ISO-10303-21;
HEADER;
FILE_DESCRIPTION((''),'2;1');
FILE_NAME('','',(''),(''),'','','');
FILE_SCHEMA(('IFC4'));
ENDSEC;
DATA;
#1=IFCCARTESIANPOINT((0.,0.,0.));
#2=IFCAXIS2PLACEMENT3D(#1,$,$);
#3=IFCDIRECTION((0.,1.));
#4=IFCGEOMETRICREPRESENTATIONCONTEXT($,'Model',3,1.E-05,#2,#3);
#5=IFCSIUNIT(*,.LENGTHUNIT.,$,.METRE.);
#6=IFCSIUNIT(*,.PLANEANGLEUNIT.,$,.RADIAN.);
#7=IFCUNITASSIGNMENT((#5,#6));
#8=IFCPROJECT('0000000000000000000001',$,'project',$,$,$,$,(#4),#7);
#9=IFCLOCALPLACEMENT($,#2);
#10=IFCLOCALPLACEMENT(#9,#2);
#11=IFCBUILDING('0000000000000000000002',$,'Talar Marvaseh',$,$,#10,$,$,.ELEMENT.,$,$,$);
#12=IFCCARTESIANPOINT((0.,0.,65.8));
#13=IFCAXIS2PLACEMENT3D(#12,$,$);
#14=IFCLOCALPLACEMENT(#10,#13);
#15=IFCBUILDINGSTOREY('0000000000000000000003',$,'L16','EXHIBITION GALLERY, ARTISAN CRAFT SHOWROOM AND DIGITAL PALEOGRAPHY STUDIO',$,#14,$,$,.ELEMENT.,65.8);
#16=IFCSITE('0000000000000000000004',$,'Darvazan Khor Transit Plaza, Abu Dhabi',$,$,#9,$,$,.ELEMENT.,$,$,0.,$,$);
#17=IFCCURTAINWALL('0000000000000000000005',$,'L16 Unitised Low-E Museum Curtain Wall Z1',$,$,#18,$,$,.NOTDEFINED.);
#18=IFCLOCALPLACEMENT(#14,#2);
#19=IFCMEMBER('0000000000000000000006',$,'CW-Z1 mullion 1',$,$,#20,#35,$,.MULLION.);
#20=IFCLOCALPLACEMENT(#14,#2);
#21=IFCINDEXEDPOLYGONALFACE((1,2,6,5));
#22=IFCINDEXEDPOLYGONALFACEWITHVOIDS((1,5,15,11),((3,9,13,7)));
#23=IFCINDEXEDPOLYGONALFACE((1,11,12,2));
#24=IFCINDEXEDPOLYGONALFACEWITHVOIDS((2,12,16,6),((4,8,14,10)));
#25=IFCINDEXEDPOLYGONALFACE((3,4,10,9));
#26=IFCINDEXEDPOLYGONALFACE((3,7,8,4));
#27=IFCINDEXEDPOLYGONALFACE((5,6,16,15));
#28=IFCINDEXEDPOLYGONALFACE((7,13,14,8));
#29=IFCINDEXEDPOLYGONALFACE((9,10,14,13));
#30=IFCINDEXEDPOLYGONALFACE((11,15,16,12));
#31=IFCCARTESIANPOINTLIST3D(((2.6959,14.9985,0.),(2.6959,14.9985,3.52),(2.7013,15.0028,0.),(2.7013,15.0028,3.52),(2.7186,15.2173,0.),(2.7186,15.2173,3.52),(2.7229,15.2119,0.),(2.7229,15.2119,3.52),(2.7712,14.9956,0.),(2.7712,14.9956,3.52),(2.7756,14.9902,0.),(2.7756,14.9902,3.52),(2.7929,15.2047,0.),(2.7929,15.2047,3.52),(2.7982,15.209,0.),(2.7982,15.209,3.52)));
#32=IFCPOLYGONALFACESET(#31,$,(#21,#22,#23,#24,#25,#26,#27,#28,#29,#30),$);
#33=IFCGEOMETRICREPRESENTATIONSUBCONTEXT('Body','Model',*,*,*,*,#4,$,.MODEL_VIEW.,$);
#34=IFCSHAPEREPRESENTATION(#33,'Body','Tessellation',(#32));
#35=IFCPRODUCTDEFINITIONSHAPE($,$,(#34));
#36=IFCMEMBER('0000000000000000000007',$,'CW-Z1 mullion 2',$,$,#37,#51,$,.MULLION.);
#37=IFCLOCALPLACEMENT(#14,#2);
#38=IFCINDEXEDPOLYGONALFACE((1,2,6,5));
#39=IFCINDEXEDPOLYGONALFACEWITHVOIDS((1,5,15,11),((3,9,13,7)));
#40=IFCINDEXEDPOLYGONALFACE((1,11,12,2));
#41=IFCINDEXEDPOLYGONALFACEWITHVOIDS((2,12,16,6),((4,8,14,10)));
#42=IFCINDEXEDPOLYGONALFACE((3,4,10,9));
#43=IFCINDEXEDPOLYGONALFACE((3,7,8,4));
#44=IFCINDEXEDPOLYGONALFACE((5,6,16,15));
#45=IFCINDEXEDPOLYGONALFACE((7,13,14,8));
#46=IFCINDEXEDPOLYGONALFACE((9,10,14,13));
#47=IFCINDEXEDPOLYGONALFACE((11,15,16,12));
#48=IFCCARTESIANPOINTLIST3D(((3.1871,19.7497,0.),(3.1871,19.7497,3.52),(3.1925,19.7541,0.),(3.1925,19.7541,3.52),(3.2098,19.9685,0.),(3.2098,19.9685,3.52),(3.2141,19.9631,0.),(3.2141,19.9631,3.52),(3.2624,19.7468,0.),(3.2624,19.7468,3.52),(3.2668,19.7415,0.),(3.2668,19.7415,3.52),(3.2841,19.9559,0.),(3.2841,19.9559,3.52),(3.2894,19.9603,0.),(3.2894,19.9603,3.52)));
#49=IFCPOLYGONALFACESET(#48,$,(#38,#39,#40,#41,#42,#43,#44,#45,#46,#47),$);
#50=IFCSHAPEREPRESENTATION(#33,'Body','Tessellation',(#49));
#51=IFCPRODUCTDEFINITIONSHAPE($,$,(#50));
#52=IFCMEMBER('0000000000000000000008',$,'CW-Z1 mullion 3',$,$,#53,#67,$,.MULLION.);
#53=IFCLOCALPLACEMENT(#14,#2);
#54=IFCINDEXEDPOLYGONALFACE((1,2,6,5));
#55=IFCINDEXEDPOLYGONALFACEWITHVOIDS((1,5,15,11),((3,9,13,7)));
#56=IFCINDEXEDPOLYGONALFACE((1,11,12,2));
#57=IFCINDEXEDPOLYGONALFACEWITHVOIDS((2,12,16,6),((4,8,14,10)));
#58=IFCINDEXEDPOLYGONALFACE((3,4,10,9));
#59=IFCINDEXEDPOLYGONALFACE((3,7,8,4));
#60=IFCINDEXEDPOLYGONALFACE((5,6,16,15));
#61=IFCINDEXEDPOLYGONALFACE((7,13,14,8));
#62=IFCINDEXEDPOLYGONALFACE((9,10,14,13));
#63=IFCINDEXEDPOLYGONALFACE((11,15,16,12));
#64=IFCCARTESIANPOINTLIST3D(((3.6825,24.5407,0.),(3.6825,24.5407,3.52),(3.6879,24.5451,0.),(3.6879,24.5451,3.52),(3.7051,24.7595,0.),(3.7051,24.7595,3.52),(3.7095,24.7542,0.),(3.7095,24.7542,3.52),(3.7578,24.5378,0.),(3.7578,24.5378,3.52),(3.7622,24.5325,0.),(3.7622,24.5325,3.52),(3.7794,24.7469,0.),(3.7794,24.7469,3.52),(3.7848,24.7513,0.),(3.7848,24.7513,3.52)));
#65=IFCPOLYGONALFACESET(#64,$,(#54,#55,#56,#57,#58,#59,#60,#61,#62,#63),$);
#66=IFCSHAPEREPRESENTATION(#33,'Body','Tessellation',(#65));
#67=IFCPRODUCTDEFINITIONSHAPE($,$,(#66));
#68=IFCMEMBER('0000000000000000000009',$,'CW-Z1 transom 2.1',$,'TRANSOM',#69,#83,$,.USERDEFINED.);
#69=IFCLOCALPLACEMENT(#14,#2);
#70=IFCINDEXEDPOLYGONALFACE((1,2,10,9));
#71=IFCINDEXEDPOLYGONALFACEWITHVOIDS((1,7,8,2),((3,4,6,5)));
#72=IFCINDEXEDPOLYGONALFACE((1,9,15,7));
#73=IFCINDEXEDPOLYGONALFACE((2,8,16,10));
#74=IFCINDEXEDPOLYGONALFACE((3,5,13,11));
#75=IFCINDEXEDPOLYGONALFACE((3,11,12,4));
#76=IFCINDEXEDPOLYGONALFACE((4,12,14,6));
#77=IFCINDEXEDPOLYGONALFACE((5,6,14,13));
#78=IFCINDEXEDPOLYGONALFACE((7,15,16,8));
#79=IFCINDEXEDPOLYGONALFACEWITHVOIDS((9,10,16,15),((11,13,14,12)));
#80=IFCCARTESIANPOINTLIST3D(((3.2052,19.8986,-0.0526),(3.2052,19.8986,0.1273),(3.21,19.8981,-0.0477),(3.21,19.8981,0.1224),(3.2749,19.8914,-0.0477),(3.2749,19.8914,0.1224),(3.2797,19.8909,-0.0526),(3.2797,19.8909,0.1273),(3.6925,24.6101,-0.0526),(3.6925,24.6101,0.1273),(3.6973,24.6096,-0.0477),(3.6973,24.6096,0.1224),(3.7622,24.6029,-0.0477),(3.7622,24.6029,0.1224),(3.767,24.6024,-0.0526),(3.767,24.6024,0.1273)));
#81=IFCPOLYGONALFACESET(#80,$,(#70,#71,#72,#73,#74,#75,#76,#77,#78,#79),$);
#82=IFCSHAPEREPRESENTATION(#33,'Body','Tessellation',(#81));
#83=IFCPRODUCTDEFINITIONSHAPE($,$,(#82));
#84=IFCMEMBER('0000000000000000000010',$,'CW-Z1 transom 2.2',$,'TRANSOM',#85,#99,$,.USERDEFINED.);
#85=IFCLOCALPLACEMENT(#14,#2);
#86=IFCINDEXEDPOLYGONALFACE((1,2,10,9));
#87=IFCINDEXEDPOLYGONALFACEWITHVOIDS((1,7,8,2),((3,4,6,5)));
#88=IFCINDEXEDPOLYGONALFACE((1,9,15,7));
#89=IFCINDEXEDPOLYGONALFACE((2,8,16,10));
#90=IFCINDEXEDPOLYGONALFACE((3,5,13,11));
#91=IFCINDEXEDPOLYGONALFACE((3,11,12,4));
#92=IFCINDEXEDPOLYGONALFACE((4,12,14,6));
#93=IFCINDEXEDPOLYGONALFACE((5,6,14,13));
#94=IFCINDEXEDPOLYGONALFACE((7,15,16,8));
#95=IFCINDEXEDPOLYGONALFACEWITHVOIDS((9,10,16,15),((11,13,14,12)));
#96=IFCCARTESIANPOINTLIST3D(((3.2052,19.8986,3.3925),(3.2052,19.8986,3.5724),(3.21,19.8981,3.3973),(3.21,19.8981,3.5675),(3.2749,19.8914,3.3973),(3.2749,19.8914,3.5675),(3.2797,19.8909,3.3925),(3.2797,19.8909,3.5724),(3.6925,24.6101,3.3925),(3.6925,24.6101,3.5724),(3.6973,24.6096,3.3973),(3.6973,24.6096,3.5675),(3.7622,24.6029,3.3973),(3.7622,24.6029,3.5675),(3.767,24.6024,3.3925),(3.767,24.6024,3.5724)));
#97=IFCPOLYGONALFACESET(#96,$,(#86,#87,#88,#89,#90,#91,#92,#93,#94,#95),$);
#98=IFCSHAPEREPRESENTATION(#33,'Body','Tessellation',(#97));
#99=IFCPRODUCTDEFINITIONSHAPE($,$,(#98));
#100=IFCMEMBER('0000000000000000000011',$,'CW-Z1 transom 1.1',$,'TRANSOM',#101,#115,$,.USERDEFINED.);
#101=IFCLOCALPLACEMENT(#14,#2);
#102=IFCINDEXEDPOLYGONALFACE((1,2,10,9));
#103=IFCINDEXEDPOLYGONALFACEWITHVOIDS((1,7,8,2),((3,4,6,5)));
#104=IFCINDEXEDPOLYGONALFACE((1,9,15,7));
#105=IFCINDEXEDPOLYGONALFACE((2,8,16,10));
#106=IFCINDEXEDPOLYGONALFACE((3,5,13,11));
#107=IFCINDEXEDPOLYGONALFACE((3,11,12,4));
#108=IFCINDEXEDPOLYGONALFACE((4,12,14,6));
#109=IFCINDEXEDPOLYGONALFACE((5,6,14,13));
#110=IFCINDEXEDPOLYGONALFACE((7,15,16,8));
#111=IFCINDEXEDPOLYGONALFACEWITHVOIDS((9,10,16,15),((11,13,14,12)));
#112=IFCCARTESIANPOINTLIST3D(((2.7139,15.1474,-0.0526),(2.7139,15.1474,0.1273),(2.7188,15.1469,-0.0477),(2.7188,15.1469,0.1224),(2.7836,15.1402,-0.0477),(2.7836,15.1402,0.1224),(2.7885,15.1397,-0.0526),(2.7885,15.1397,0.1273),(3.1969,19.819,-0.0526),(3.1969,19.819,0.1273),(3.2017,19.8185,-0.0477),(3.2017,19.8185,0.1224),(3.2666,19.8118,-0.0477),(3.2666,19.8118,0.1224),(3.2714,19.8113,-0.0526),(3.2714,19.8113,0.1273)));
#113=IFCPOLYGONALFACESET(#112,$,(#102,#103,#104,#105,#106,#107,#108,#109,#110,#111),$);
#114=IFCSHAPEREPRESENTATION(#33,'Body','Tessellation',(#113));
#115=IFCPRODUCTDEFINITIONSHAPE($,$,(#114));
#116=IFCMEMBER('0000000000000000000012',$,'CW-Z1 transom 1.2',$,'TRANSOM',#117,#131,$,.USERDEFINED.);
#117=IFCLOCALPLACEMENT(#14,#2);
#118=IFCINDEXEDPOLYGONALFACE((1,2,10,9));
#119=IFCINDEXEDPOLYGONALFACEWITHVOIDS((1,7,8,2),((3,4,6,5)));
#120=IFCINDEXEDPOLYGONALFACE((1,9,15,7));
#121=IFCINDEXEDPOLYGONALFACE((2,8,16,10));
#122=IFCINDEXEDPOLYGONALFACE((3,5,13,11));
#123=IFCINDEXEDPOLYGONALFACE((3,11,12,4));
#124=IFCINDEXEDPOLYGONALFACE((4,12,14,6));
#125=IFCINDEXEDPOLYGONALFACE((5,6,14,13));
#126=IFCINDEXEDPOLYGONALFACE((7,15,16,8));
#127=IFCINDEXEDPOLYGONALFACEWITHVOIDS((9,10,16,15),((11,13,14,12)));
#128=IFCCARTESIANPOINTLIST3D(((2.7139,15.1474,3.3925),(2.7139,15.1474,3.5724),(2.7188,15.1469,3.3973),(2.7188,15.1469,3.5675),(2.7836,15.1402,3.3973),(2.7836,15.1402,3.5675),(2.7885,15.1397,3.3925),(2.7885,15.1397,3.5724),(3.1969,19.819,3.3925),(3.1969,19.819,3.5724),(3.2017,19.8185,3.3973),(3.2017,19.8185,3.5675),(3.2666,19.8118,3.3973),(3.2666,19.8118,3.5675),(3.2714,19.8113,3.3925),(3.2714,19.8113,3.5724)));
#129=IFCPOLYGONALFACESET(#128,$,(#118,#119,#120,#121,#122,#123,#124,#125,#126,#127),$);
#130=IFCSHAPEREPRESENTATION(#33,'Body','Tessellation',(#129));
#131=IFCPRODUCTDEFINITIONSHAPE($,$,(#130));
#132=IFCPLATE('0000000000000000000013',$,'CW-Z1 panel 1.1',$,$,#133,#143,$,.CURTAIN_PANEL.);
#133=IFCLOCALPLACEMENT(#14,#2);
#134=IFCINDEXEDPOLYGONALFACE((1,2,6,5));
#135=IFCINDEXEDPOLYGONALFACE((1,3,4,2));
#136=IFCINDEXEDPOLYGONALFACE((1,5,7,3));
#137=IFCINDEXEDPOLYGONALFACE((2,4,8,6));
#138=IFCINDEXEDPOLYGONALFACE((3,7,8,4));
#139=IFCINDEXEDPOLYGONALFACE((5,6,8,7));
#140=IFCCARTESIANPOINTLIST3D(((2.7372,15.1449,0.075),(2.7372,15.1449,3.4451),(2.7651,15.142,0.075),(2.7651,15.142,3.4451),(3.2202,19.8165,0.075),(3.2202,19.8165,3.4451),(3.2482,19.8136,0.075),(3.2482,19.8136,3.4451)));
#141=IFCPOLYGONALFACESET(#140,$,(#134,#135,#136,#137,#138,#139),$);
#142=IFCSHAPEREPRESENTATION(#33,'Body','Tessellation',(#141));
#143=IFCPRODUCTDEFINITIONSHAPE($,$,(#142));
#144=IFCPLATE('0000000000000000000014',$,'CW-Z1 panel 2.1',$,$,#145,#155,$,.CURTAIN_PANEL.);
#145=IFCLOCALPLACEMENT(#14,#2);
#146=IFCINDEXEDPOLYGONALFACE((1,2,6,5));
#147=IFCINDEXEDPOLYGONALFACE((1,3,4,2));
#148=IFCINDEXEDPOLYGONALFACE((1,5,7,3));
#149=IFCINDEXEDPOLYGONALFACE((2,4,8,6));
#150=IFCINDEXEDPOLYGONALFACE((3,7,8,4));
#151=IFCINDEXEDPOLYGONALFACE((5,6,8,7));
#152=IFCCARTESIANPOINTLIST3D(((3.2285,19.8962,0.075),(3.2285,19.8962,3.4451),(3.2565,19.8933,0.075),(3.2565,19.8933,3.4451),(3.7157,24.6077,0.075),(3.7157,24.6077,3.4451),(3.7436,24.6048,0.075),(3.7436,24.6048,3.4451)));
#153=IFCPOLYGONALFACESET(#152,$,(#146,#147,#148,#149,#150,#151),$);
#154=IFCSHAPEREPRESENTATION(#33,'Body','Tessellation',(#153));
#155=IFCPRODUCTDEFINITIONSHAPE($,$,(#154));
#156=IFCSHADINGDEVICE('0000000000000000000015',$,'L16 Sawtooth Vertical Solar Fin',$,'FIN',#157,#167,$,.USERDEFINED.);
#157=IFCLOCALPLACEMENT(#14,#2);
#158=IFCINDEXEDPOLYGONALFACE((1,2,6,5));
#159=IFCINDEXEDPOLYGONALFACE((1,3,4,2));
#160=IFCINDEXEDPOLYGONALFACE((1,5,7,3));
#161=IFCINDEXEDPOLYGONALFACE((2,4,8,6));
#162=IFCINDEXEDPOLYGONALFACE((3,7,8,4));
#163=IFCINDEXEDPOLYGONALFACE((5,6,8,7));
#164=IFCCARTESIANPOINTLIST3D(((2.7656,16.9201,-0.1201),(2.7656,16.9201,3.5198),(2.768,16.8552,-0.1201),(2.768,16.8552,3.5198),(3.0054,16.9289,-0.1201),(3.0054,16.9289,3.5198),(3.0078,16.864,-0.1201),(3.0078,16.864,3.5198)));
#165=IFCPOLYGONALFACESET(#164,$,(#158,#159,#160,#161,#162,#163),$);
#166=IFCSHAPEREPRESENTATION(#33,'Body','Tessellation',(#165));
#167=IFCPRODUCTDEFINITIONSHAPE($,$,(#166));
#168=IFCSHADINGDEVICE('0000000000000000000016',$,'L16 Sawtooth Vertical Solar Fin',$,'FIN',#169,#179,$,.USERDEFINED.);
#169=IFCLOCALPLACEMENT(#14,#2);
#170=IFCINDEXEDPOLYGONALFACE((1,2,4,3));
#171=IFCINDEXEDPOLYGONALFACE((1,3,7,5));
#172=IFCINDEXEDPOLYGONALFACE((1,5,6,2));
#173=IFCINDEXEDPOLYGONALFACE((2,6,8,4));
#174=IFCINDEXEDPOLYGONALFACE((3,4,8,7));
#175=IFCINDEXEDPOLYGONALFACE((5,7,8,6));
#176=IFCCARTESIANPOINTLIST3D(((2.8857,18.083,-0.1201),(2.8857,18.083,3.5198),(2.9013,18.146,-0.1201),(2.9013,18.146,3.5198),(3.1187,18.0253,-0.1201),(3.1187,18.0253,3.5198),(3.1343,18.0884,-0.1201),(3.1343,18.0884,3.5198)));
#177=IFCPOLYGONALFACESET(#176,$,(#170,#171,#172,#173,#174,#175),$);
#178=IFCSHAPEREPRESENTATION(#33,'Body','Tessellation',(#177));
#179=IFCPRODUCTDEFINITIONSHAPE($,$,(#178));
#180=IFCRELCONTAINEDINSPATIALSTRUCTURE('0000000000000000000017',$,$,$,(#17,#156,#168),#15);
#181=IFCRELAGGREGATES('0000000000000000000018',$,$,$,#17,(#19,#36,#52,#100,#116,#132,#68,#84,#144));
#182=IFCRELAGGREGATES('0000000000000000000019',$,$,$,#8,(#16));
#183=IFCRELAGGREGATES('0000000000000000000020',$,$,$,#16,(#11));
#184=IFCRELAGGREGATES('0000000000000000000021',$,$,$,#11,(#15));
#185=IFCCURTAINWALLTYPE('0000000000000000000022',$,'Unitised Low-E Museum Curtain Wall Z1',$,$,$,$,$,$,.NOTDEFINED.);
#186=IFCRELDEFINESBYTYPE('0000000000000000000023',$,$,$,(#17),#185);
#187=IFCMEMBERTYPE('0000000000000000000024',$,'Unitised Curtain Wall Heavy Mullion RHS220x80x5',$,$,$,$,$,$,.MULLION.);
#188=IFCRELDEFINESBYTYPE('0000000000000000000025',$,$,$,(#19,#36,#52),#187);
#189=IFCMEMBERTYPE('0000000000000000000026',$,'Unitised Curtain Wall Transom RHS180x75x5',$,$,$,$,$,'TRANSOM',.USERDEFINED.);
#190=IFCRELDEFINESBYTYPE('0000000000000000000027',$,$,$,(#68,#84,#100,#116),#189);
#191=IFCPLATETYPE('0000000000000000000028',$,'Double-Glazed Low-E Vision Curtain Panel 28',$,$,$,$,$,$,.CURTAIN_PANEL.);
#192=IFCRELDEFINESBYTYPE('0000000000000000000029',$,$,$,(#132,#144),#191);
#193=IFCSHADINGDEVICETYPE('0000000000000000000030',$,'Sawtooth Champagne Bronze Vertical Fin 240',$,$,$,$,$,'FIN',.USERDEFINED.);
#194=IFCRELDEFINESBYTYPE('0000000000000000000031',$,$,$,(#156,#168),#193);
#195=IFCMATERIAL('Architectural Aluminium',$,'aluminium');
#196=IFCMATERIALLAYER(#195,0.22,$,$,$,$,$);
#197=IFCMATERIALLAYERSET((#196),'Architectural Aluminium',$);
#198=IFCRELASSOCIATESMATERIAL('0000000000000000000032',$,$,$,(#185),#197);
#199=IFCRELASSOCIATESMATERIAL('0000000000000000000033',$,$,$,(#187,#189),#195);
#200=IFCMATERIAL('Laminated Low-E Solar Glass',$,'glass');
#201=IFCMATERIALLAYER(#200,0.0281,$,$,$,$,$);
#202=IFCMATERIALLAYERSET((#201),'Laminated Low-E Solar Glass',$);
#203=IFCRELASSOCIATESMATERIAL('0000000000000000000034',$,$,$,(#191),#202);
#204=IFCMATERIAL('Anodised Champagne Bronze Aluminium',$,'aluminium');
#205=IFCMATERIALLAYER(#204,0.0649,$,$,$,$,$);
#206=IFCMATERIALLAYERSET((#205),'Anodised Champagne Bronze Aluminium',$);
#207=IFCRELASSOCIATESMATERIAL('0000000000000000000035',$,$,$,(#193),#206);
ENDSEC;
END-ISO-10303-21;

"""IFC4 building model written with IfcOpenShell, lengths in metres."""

from ifc_helpers import new_model, si_unit, direction, frame, origin, origin_2d, place, context, subcontext, project, spatial, rectangle, hollow_rectangle, extrude, source, transform, mapped, material, layer, layer_set, material_profile, profile_set, type_object, type_shapes, element, aggregate, save


model = new_model("IFC4")

# Units and contexts
model_context = context("Model", 3, precision=1e-05, world=origin(), true_north=direction((0.0, 1.0)))
body_context = subcontext(model_context, "Body", "Model", "MODEL_VIEW")
ifc_project = project(units=[si_unit("LENGTHUNIT", "METRE"), si_unit("PLANEANGLEUNIT", "RADIAN")], contexts=[model_context])

# Site, building, storey
site_placement = place(None, origin())
site = spatial("IfcSite", under=ifc_project, at=site_placement, Name="Darvazan Khor Transit Plaza, Abu Dhabi", CompositionType="ELEMENT", RefElevation=0.0)
building_placement = place(site_placement, origin())
building = spatial("IfcBuilding", under=site, at=building_placement, Name="Talar Marvaseh", CompositionType="ELEMENT")
storey_placement = place(building_placement, frame((0.0, 0.0, 65.8)))
storey = spatial("IfcBuildingStorey", under=building, at=storey_placement, Name="L16", Description="EXHIBITION GALLERY, ARTISAN CRAFT SHOWROOM AND DIGITAL PALEOGRAPHY STUDIO", CompositionType="ELEMENT", Elevation=65.8)

# Curtain wall, members, plates
ifc_material_1 = material(Name="Architectural Aluminium", Category="aluminium")
ifc_layer_1 = layer(ifc_material_1, 0.22)
ifc_layer_set_1 = layer_set([ifc_layer_1], Name="Architectural Aluminium")
curtain_wall_type = type_object("IfcCurtainWallType", Name="Unitised Low-E Museum Curtain Wall Z1", PredefinedType="NOTDEFINED", material=ifc_layer_set_1)
curtain_wall_placement = place(storey_placement, origin())
curtain_wall = element("IfcCurtainWall", 1, at=curtain_wall_placement, inside=storey, type_object=curtain_wall_type, Name="L16 Unitised Low-E Museum Curtain Wall Z1", PredefinedType="NOTDEFINED")
ifc_material_profile_1 = material_profile(ifc_material_1, hollow_rectangle(XDim=0.0801, YDim=0.22, WallThickness=0.0049, at=origin_2d()), Name="RHS220x80x5")
ifc_profile_set_1 = profile_set([ifc_material_profile_1], Name="Architectural Aluminium")
member_type_1 = type_object("IfcMemberType", Name="Unitised Curtain Wall Heavy Mullion RHS220x80x5", PredefinedType="MULLION", material=ifc_profile_set_1)
shared_shape_1 = source(origin(), body_context, "Body", "SweptSolid", [
    extrude(hollow_rectangle(XDim=0.0801, YDim=0.22, WallThickness=0.0049, at=origin_2d()), origin(), (0.0, 0.0, 1.0), 3.52),
])
type_shapes(member_type_1, [shared_shape_1])
member_1_placement = place(storey_placement, frame((2.7471, 15.1038, 0.0), z_axis=(0.0, 0.0, 1.0), x_axis=(-0.994696, 0.102857, 0.0)))
member_1 = element("IfcMember", 2, at=member_1_placement, type_object=member_type_1, Name="CW-Z1 mullion 1", PredefinedType="MULLION", context=body_context, shape_type="MappedRepresentation", body=[
    mapped(shared_shape_1, transform((0.0, 0.0, 0.0), x_axis=(1.0, 0.0, 0.0), y_axis=(0.0, 1.0, 0.0), z_axis=(0.0, 0.0, 1.0), scale=1.0)),
])
member_2_placement = place(storey_placement, frame((3.2383, 19.855, 0.0), z_axis=(0.0, 0.0, 1.0), x_axis=(-0.994696, 0.102857, 0.0)))
member_2 = element("IfcMember", 3, at=member_2_placement, type_object=member_type_1, Name="CW-Z1 mullion 2", PredefinedType="MULLION", context=body_context, shape_type="MappedRepresentation", body=[
    mapped(shared_shape_1, transform((0.0, 0.0, 0.0), x_axis=(1.0, 0.0, 0.0), y_axis=(0.0, 1.0, 0.0), z_axis=(0.0, 0.0, 1.0), scale=1.0)),
])
member_3_placement = place(storey_placement, frame((3.7336, 24.646, 0.0), z_axis=(0.0, 0.0, 1.0), x_axis=(-0.994696, 0.102857, 0.0)))
member_3 = element("IfcMember", 4, at=member_3_placement, type_object=member_type_1, Name="CW-Z1 mullion 3", PredefinedType="MULLION", context=body_context, shape_type="MappedRepresentation", body=[
    mapped(shared_shape_1, transform((0.0, 0.0, 0.0), x_axis=(1.0, 0.0, 0.0), y_axis=(0.0, 1.0, 0.0), z_axis=(0.0, 0.0, 1.0), scale=1.0)),
])
ifc_material_profile_2 = material_profile(ifc_material_1, hollow_rectangle(XDim=0.075, YDim=0.1799, WallThickness=0.0049, at=origin_2d()), Name="RHS180x75x5")
ifc_profile_set_2 = profile_set([ifc_material_profile_2], Name="Architectural Aluminium")
member_type_2 = type_object("IfcMemberType", Name="Unitised Curtain Wall Transom RHS180x75x5", ElementType="TRANSOM", PredefinedType="USERDEFINED", material=ifc_profile_set_2)
shared_shape_2 = source(origin(), body_context, "Body", "SweptSolid", [
    extrude(hollow_rectangle(XDim=0.075, YDim=0.1799, WallThickness=0.0049, at=origin_2d()), origin(), (0.0, 0.0, 1.0), 4.7366),
])
member_4_placement = place(storey_placement, frame((3.2424, 19.8948, 0.0374), z_axis=(0.102882, 0.994694, 0.0), x_axis=(-0.994694, 0.102882, 0.0)))
member_4 = element("IfcMember", 5, at=member_4_placement, type_object=member_type_2, Name="CW-Z1 transom 2.1", ObjectType="TRANSOM", PredefinedType="USERDEFINED", context=body_context, shape_type="MappedRepresentation", body=[
    mapped(shared_shape_2, transform((0.0, 0.0, 0.0), x_axis=(1.0, 0.0, 0.0), y_axis=(0.0, 1.0, 0.0), z_axis=(0.0, 0.0, 1.0), scale=1.0)),
])
member_5_placement = place(storey_placement, frame((3.2424, 19.8948, 3.4824), z_axis=(0.102882, 0.994694, 0.0), x_axis=(-0.994694, 0.102882, 0.0)))
member_5 = element("IfcMember", 6, at=member_5_placement, type_object=member_type_2, Name="CW-Z1 transom 2.2", ObjectType="TRANSOM", PredefinedType="USERDEFINED", context=body_context, shape_type="MappedRepresentation", body=[
    mapped(shared_shape_2, transform((0.0, 0.0, 0.0), x_axis=(1.0, 0.0, 0.0), y_axis=(0.0, 1.0, 0.0), z_axis=(0.0, 0.0, 1.0), scale=1.0)),
])
shared_shape_3 = source(origin(), body_context, "Body", "SweptSolid", [
    extrude(hollow_rectangle(XDim=0.075, YDim=0.1799, WallThickness=0.0049, at=origin_2d()), origin(), (0.0, 0.0, 1.0), 4.6965),
])
type_shapes(member_type_2, [shared_shape_2, shared_shape_3])
member_6_placement = place(storey_placement, frame((2.7512, 15.1436, 0.0374), z_axis=(0.102823, 0.9947, 0.0), x_axis=(-0.9947, 0.102823, 0.0)))
member_6 = element("IfcMember", 7, at=member_6_placement, type_object=member_type_2, Name="CW-Z1 transom 1.1", ObjectType="TRANSOM", PredefinedType="USERDEFINED", context=body_context, shape_type="MappedRepresentation", body=[
    mapped(shared_shape_3, transform((0.0, 0.0, 0.0), x_axis=(1.0, 0.0, 0.0), y_axis=(0.0, 1.0, 0.0), z_axis=(0.0, 0.0, 1.0), scale=1.0)),
])
member_7_placement = place(storey_placement, frame((2.7512, 15.1436, 3.4824), z_axis=(0.102823, 0.9947, 0.0), x_axis=(-0.9947, 0.102823, 0.0)))
member_7 = element("IfcMember", 8, at=member_7_placement, type_object=member_type_2, Name="CW-Z1 transom 1.2", ObjectType="TRANSOM", PredefinedType="USERDEFINED", context=body_context, shape_type="MappedRepresentation", body=[
    mapped(shared_shape_3, transform((0.0, 0.0, 0.0), x_axis=(1.0, 0.0, 0.0), y_axis=(0.0, 1.0, 0.0), z_axis=(0.0, 0.0, 1.0), scale=1.0)),
])
ifc_material_2 = material(Name="Laminated Low-E Solar Glass", Category="glass")
ifc_layer_2 = layer(ifc_material_2, 0.0281)
ifc_layer_set_2 = layer_set([ifc_layer_2], Name="Laminated Low-E Solar Glass")
plate_type = type_object("IfcPlateType", Name="Double-Glazed Low-E Vision Curtain Panel 28", PredefinedType="CURTAIN_PANEL", material=ifc_layer_set_2)
shared_shape_4 = source(origin(), body_context, "Body", "SweptSolid", [
    extrude(rectangle(XDim=4.6965, YDim=0.0281, at=origin_2d()), origin(), (0.0, 0.0, 1.0), 3.3701),
])
plate_1_placement = place(storey_placement, frame((2.9927, 17.4792, 0.075), z_axis=(0.0, 0.0, 1.0), x_axis=(0.102857, 0.994696, 0.0)))
plate_1 = element("IfcPlate", 9, at=plate_1_placement, type_object=plate_type, Name="CW-Z1 panel 1.1", PredefinedType="CURTAIN_PANEL", context=body_context, shape_type="MappedRepresentation", body=[
    mapped(shared_shape_4, transform((0.0, 0.0, 0.0), x_axis=(1.0, 0.0, 0.0), y_axis=(0.0, 1.0, 0.0), z_axis=(0.0, 0.0, 1.0), scale=1.0)),
])
shared_shape_5 = source(origin(), body_context, "Body", "SweptSolid", [
    extrude(rectangle(XDim=4.7366, YDim=0.0281, at=origin_2d()), origin(), (0.0, 0.0, 1.0), 3.3701),
])
type_shapes(plate_type, [shared_shape_4, shared_shape_5])
plate_2_placement = place(storey_placement, frame((3.4861, 22.2505, 0.075), z_axis=(0.0, 0.0, 1.0), x_axis=(0.102857, 0.994696, 0.0)))
plate_2 = element("IfcPlate", 10, at=plate_2_placement, type_object=plate_type, Name="CW-Z1 panel 2.1", PredefinedType="CURTAIN_PANEL", context=body_context, shape_type="MappedRepresentation", body=[
    mapped(shared_shape_5, transform((0.0, 0.0, 0.0), x_axis=(1.0, 0.0, 0.0), y_axis=(0.0, 1.0, 0.0), z_axis=(0.0, 0.0, 1.0), scale=1.0)),
])
aggregate(curtain_wall, [member_1, member_2, member_3, member_6, member_7, plate_1, member_4, member_5, plate_2])

# Shading devices
ifc_material_3 = material(Name="Anodised Champagne Bronze Aluminium", Category="aluminium")
ifc_layer_3 = layer(ifc_material_3, 0.0649)
ifc_layer_set_3 = layer_set([ifc_layer_3], Name="Anodised Champagne Bronze Aluminium")
shading_device_type_1 = type_object("IfcShadingDeviceType", Name="Sawtooth Champagne Bronze Vertical Fin 240", ElementType="FIN", PredefinedType="USERDEFINED", material=ifc_layer_set_3)
shared_shape_6 = source(origin(), body_context, "Body", "SweptSolid", [
    extrude(rectangle(XDim=0.24, YDim=0.0649, at=origin_2d()), origin(), (0.0, 0.0, 1.0), 3.6399),
])
type_shapes(shading_device_type_1, [shared_shape_6])
for number, where, z_axis, x_axis, name in (
    (11, (2.8867, 16.8921, -0.1201), (0.0, 0.0, 1.0), (-0.999328, -0.036644, 0.0), "L16 Sawtooth Vertical Solar Fin"),
    (12, (3.01, 18.0857, -0.1201), (0.0, 0.0, 1.0), (-0.970716, 0.240228, 0.0), "L16 Sawtooth Vertical Solar Fin"),
):
    element("IfcShadingDevice", number, at=place(storey_placement, frame(where, z_axis=z_axis, x_axis=x_axis)), inside=storey, type_object=shading_device_type_1, Name=name, ObjectType="FIN", PredefinedType="USERDEFINED", context=body_context, shape_type="MappedRepresentation", body=[
        mapped(shared_shape_6, transform((0.0, 0.0, 0.0), x_axis=(1.0, 0.0, 0.0), y_axis=(0.0, 1.0, 0.0), z_axis=(0.0, 0.0, 1.0), scale=1.0)),
    ])

save(model, "model.ifc")
